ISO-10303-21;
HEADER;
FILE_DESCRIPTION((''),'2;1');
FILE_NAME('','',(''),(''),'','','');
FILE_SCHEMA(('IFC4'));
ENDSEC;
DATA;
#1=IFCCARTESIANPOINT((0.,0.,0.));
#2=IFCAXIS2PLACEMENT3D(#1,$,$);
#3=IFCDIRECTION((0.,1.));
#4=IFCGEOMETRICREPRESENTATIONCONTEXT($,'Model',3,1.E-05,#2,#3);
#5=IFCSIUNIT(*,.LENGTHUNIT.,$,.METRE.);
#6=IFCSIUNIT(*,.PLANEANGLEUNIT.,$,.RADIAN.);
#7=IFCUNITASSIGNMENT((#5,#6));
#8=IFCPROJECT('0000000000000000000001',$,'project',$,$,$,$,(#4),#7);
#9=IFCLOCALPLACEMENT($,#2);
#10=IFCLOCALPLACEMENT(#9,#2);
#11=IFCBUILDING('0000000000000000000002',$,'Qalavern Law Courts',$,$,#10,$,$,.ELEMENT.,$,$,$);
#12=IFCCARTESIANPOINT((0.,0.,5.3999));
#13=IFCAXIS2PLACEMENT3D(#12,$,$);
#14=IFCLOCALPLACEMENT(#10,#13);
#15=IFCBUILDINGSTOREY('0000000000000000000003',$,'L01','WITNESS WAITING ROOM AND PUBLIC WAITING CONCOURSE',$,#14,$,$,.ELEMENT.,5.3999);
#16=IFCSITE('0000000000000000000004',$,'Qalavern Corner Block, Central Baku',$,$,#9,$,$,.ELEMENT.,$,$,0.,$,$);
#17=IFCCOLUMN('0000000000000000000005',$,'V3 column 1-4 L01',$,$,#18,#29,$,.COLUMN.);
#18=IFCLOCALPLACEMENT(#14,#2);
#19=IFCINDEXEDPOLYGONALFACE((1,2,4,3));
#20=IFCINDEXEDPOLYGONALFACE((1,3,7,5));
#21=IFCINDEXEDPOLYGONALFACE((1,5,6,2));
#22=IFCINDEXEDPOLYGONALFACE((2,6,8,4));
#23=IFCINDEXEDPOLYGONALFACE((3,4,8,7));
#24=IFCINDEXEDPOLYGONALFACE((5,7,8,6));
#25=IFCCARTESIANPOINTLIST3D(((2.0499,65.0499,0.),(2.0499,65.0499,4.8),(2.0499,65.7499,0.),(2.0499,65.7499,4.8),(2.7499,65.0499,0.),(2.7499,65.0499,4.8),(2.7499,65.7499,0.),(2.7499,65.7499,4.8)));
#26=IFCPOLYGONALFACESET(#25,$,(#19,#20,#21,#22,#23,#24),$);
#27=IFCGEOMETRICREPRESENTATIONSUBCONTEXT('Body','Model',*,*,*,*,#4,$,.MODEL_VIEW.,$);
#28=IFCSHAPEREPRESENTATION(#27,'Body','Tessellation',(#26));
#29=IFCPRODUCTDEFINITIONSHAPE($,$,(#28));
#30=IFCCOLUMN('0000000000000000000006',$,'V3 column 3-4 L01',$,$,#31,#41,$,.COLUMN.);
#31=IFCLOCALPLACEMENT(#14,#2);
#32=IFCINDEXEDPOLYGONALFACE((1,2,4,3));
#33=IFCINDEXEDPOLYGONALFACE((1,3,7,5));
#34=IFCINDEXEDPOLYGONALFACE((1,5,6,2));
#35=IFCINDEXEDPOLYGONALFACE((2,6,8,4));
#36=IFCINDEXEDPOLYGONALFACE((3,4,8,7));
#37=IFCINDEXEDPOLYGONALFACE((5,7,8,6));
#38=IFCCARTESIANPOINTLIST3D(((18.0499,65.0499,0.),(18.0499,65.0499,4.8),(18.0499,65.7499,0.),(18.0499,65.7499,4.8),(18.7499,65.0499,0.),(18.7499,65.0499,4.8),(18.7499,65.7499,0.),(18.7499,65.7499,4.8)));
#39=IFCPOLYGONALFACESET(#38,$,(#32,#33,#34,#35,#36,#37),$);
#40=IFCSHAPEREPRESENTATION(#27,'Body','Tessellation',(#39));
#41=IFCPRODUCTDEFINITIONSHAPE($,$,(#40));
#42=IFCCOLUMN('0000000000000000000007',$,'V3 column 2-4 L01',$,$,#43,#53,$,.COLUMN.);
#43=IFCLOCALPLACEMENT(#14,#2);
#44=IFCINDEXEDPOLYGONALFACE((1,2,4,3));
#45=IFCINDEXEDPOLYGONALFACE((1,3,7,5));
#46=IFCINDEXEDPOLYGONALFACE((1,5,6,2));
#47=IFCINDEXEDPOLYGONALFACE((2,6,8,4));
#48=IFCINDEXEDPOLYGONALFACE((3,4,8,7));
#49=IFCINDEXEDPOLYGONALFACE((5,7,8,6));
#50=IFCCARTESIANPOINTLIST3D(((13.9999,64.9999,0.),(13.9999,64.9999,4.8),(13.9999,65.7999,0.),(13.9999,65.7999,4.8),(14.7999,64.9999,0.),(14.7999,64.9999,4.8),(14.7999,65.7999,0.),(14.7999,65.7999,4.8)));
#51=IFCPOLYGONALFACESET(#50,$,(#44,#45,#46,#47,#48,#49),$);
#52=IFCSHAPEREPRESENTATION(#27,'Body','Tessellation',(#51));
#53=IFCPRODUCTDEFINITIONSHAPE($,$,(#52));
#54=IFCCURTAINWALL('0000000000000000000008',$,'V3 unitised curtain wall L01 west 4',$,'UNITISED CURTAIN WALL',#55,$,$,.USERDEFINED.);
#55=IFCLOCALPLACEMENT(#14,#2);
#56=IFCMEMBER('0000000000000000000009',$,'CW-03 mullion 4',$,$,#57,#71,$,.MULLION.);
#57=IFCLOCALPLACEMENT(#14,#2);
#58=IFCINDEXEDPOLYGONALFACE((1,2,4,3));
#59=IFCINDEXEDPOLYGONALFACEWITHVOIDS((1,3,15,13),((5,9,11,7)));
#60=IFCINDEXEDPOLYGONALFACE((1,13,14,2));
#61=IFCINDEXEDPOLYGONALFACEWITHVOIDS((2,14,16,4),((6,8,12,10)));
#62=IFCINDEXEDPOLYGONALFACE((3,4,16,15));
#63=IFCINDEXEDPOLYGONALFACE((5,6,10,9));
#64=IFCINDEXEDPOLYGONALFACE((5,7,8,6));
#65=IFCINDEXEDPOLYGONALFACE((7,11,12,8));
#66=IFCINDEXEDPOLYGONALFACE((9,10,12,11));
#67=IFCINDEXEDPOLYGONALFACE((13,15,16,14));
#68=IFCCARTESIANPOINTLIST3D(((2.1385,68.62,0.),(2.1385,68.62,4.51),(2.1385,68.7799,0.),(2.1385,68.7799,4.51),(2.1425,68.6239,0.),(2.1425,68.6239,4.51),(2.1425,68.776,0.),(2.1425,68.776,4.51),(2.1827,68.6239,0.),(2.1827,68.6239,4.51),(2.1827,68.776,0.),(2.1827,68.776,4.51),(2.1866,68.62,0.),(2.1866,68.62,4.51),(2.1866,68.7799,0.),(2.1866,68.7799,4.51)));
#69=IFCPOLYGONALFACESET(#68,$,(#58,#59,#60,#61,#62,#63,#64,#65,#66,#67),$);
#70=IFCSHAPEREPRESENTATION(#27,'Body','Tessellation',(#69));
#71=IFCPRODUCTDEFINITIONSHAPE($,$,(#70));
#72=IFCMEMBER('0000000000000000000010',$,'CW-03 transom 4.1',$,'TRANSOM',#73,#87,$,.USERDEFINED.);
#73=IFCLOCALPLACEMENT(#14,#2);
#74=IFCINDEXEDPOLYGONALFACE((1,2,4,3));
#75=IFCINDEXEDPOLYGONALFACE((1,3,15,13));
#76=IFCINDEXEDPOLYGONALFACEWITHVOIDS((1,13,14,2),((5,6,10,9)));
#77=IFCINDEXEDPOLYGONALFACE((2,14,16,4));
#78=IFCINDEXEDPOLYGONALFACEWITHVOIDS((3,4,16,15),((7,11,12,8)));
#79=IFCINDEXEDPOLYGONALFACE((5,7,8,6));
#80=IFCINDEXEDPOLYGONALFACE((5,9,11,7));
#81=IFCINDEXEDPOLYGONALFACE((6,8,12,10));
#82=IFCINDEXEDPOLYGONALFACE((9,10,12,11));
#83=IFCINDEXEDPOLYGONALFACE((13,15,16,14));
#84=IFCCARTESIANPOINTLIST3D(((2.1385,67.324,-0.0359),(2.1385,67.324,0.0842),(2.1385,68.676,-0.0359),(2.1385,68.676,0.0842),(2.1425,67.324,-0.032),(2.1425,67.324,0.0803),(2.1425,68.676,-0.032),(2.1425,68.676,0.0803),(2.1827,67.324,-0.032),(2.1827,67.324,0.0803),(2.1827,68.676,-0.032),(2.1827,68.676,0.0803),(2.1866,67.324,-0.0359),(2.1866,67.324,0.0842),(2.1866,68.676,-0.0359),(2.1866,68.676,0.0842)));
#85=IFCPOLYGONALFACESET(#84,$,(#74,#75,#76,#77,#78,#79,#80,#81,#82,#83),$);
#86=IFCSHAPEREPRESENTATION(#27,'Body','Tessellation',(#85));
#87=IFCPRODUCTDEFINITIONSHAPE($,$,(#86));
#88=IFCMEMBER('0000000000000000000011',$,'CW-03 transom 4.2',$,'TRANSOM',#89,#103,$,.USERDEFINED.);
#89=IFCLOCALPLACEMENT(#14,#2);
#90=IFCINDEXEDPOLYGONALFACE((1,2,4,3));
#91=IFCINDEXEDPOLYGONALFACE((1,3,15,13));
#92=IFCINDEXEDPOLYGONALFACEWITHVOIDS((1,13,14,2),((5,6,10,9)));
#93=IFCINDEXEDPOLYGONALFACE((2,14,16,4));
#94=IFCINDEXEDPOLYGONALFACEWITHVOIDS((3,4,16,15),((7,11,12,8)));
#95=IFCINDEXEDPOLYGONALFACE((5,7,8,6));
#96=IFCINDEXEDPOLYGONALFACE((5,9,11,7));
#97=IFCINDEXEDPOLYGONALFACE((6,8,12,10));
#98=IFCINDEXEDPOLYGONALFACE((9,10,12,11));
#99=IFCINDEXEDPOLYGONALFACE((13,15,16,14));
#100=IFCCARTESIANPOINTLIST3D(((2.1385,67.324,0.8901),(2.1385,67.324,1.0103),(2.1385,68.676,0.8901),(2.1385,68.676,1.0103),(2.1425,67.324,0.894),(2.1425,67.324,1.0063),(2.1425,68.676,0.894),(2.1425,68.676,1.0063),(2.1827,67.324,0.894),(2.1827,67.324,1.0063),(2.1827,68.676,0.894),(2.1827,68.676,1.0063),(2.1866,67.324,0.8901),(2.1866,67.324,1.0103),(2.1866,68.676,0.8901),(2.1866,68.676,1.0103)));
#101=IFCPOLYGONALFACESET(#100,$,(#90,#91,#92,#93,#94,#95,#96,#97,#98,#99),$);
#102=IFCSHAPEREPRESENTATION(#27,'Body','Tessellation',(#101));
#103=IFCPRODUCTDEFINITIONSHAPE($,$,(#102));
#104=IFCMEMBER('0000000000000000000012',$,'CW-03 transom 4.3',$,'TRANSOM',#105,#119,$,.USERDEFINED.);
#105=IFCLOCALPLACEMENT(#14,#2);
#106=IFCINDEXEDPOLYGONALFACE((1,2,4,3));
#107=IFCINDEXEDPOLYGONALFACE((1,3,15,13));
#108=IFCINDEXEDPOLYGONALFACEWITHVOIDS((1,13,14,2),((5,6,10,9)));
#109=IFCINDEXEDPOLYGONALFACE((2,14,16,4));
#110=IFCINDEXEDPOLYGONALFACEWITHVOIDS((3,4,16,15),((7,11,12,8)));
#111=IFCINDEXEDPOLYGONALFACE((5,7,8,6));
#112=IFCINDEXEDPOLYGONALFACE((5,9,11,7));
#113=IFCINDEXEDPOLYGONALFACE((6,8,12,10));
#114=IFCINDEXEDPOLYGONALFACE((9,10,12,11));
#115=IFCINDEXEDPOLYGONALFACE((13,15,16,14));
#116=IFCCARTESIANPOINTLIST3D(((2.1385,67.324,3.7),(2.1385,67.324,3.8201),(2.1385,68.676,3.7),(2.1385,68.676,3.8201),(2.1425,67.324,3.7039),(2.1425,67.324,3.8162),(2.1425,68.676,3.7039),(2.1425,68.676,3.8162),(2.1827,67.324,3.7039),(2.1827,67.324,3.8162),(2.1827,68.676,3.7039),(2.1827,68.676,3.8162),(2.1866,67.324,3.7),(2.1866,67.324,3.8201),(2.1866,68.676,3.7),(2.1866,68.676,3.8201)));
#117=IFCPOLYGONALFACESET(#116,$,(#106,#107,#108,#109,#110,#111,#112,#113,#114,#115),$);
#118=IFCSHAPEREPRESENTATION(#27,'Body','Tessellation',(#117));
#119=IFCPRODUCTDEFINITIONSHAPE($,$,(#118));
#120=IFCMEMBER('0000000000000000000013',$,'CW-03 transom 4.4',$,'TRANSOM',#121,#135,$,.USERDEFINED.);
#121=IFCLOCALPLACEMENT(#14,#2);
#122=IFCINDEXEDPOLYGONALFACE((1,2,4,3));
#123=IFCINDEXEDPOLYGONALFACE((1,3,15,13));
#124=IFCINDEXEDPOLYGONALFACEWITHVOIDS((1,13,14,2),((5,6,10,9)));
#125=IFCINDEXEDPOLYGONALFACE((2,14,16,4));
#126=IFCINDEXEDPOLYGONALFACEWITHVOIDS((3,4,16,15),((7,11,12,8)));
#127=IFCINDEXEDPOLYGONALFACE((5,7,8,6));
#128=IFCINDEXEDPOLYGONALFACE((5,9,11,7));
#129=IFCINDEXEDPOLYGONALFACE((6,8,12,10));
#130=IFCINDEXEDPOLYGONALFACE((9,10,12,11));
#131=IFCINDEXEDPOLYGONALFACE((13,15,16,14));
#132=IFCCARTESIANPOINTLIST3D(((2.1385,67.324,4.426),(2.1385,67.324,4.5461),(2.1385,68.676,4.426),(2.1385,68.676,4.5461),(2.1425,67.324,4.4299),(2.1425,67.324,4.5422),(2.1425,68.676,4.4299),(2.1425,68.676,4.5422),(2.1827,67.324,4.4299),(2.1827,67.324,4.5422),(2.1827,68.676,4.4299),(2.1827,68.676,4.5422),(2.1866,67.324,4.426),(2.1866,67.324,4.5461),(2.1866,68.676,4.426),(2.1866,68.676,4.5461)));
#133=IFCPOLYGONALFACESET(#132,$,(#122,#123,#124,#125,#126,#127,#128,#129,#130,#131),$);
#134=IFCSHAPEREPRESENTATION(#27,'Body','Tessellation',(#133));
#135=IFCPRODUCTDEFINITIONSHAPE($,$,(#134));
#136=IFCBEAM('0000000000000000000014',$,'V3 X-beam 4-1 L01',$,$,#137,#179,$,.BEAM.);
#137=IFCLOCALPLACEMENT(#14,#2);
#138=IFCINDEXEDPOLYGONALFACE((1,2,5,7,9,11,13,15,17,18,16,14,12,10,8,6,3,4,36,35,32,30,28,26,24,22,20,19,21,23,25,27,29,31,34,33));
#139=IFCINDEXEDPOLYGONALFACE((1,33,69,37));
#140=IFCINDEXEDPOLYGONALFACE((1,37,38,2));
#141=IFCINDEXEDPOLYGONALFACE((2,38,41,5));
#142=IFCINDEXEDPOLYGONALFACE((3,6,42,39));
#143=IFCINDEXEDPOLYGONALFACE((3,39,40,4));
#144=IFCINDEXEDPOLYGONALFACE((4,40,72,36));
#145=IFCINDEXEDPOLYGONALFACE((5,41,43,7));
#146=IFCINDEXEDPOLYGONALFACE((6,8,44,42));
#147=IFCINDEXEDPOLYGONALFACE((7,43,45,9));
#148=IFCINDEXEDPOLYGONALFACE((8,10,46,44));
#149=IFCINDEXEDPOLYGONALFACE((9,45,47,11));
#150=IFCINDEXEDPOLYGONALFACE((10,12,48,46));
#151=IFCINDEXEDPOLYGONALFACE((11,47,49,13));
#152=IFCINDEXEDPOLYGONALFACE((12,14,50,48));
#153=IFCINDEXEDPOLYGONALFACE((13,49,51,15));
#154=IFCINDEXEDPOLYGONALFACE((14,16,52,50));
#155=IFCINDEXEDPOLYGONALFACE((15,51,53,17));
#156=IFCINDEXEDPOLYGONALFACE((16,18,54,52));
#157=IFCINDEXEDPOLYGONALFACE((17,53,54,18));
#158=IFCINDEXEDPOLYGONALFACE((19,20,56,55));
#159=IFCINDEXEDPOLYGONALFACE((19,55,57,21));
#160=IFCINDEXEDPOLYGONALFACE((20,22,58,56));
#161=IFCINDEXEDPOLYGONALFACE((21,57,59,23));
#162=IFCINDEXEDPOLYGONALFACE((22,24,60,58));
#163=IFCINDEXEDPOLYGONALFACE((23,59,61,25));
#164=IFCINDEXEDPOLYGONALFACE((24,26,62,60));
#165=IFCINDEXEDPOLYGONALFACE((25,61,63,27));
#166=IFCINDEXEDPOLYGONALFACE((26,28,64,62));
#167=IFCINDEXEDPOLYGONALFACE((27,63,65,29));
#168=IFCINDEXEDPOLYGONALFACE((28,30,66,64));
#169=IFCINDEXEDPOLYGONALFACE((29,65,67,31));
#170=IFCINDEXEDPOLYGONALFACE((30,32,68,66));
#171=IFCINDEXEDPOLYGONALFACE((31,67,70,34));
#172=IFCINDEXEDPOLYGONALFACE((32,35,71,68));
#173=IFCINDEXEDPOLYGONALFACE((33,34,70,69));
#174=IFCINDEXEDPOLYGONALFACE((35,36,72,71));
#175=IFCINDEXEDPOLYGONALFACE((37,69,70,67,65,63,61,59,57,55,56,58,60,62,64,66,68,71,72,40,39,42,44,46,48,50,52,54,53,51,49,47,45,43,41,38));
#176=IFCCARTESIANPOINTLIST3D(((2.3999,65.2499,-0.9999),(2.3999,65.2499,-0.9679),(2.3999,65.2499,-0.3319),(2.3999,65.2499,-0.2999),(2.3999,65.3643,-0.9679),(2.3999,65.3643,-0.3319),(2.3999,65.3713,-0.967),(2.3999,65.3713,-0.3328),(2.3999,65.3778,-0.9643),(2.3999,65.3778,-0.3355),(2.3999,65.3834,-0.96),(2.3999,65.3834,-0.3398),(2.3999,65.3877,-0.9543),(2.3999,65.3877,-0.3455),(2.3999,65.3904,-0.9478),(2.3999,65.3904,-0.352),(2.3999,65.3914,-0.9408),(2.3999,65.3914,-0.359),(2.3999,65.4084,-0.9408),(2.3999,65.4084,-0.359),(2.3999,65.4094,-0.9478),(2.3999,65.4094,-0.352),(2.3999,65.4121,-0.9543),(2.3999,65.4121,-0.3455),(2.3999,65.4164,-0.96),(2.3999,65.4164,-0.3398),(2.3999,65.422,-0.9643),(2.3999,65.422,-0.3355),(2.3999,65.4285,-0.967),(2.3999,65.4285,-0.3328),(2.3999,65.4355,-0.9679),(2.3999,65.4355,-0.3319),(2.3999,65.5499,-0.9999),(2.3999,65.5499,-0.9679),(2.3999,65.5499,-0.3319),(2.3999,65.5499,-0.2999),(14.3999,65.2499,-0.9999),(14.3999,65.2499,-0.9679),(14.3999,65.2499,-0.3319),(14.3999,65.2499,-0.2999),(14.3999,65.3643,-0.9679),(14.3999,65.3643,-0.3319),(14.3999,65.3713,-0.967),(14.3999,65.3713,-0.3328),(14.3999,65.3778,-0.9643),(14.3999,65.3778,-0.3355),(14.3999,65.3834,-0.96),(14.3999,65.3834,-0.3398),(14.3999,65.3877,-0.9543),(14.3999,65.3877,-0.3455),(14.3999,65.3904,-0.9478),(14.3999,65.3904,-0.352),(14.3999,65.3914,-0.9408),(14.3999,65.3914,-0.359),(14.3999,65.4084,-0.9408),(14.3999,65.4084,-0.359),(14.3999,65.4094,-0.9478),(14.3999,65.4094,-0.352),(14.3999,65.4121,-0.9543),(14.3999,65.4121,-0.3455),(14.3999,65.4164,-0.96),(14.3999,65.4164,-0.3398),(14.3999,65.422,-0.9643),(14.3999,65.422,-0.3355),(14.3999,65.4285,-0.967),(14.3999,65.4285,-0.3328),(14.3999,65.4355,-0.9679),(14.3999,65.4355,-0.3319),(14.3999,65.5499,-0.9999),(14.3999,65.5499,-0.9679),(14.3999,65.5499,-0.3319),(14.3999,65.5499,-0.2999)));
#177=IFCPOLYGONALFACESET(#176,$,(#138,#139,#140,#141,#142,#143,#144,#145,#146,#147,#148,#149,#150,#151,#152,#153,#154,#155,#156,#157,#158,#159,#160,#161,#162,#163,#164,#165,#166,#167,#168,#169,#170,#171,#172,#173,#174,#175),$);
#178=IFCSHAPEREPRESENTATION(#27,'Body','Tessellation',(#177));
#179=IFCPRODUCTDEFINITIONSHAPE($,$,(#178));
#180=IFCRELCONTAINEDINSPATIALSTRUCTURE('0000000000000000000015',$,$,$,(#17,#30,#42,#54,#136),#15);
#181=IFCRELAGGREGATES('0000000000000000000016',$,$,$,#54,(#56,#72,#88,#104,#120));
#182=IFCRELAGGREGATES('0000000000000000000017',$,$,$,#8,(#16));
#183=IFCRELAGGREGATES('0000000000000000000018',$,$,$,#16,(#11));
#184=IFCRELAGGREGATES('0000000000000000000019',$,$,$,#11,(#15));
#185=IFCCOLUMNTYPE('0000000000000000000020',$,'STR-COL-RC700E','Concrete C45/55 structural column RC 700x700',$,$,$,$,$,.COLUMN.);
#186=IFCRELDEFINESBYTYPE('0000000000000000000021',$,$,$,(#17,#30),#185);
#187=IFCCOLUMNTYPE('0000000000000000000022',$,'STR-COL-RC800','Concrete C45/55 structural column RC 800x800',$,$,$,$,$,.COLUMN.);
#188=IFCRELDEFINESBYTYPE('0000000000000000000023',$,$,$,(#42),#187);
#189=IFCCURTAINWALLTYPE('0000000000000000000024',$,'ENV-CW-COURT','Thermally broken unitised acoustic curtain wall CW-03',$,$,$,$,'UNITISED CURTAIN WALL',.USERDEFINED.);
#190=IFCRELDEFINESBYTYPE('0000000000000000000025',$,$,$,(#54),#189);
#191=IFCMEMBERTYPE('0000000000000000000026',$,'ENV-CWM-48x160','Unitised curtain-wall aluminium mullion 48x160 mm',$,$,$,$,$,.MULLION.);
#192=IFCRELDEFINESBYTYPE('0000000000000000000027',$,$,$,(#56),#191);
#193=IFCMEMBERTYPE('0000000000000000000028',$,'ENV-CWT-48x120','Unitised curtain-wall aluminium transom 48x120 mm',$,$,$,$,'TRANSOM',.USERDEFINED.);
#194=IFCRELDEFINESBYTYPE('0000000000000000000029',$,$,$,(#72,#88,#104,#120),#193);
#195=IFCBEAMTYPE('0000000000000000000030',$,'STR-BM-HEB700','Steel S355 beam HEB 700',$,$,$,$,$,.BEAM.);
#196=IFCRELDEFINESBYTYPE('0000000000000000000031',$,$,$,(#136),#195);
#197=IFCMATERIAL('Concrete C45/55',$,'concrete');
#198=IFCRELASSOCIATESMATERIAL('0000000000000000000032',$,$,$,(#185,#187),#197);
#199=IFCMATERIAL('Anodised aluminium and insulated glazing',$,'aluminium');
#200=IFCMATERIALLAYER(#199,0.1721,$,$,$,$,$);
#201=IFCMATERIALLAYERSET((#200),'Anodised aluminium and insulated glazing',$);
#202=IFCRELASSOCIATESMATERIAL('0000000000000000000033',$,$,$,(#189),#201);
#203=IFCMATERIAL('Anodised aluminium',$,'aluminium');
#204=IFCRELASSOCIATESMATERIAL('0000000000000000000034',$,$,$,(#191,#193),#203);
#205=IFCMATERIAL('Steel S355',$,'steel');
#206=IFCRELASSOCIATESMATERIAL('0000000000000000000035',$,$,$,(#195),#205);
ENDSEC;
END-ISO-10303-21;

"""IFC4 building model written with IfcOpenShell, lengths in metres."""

from ifc_helpers import new_model, si_unit, direction, frame, origin, origin_2d, place, context, subcontext, project, spatial, rectangle, hollow_rectangle, i_section, extrude, material, layer, layer_set, material_profile, profile_set, type_object, element, aggregate, save


model = new_model("IFC4")

# Units and contexts
model_context = context("Model", 3, precision=1e-05, world=origin(), true_north=direction((0.0, 1.0)))
body_context = subcontext(model_context, "Body", "Model", "MODEL_VIEW")
ifc_project = project(units=[si_unit("LENGTHUNIT", "METRE"), si_unit("PLANEANGLEUNIT", "RADIAN")], contexts=[model_context])

# Site, building, storey
site_placement = place(None, origin())
site = spatial("IfcSite", under=ifc_project, at=site_placement, Name="Qalavern Corner Block, Central Baku", CompositionType="ELEMENT", RefElevation=0.0)
building_placement = place(site_placement, origin())
building = spatial("IfcBuilding", under=site, at=building_placement, Name="Qalavern Law Courts", CompositionType="ELEMENT")
storey_placement = place(building_placement, frame((0.0, 0.0, 5.3999)))
storey = spatial("IfcBuildingStorey", under=building, at=storey_placement, Name="L01", Description="WITNESS WAITING ROOM AND PUBLIC WAITING CONCOURSE", CompositionType="ELEMENT", Elevation=5.3999)

# Columns
ifc_material_1 = material(Name="Concrete C45/55", Category="concrete")
ifc_material_profile_1 = material_profile(ifc_material_1, rectangle(XDim=0.7, YDim=0.7, at=origin_2d()), Name="RC 700x700")
ifc_profile_set_1 = profile_set([ifc_material_profile_1], Name="Concrete C45/55")
column_type_1 = type_object("IfcColumnType", Name="STR-COL-RC700E", Description="Concrete C45/55 structural column RC 700x700", PredefinedType="COLUMN", material=ifc_profile_set_1)
for number, where, z_axis, x_axis, name in (
    (1, (2.3999, 65.3999, 0.0), (0.0, 0.0, 1.0), (1.0, 0.0, 0.0), "V3 column 1-4 L01"),
    (2, (18.3999, 65.3999, 0.0), (0.0, 0.0, 1.0), (1.0, 0.0, 0.0), "V3 column 3-4 L01"),
):
    element("IfcColumn", number, at=place(storey_placement, frame(where, z_axis=z_axis, x_axis=x_axis)), inside=storey, type_object=column_type_1, Name=name, PredefinedType="COLUMN", context=body_context, shape_type="SweptSolid", body=[
        extrude(rectangle(XDim=0.7, YDim=0.7, at=origin_2d()), origin(), (0.0, 0.0, 1.0), 4.8),
    ])
ifc_material_profile_2 = material_profile(ifc_material_1, rectangle(XDim=0.8, YDim=0.8, at=origin_2d()), Name="RC 800x800")
ifc_profile_set_2 = profile_set([ifc_material_profile_2], Name="Concrete C45/55")
column_type_2 = type_object("IfcColumnType", Name="STR-COL-RC800", Description="Concrete C45/55 structural column RC 800x800", PredefinedType="COLUMN", material=ifc_profile_set_2)
column_placement = place(storey_placement, frame((14.3999, 65.3999, 0.0), z_axis=(0.0, 0.0, 1.0), x_axis=(1.0, 0.0, 0.0)))
element("IfcColumn", 3, at=column_placement, inside=storey, type_object=column_type_2, Name="V3 column 2-4 L01", PredefinedType="COLUMN", context=body_context, shape_type="SweptSolid", body=[
    extrude(rectangle(XDim=0.8, YDim=0.8, at=origin_2d()), origin(), (0.0, 0.0, 1.0), 4.8),
])

# Curtain wall, members
ifc_material_2 = material(Name="Anodised aluminium and insulated glazing", Category="aluminium")
ifc_layer_1 = layer(ifc_material_2, 0.1721)
ifc_layer_set_1 = layer_set([ifc_layer_1], Name="Anodised aluminium and insulated glazing")
curtain_wall_type = type_object("IfcCurtainWallType", Name="ENV-CW-COURT", Description="Thermally broken unitised acoustic curtain wall CW-03", ElementType="UNITISED CURTAIN WALL", PredefinedType="USERDEFINED", material=ifc_layer_set_1)
curtain_wall_placement = place(storey_placement, origin())
curtain_wall = element("IfcCurtainWall", 4, at=curtain_wall_placement, inside=storey, type_object=curtain_wall_type, Name="V3 unitised curtain wall L01 west 4", ObjectType="UNITISED CURTAIN WALL", PredefinedType="USERDEFINED")
ifc_material_3 = material(Name="Anodised aluminium", Category="aluminium")
ifc_material_profile_3 = material_profile(ifc_material_3, hollow_rectangle(XDim=0.0481, YDim=0.1599, WallThickness=0.0039, at=origin_2d()), Name="ALU MULLION 48x160")
ifc_profile_set_3 = profile_set([ifc_material_profile_3], Name="Anodised aluminium")
member_type_1 = type_object("IfcMemberType", Name="ENV-CWM-48x160", Description="Unitised curtain-wall aluminium mullion 48x160 mm", PredefinedType="MULLION", material=ifc_profile_set_3)
member_1_placement = place(storey_placement, frame((2.1626, 68.7, 0.0), z_axis=(0.0, 0.0, 1.0), x_axis=(1.0, 0.0, 0.0)))
member_1 = element("IfcMember", 5, at=member_1_placement, type_object=member_type_1, Name="CW-03 mullion 4", PredefinedType="MULLION", context=body_context, shape_type="SweptSolid", body=[
    extrude(hollow_rectangle(XDim=0.0481, YDim=0.1599, WallThickness=0.0039, at=origin_2d()), origin(), (0.0, 0.0, 1.0), 4.51),
])
ifc_material_profile_4 = material_profile(ifc_material_3, hollow_rectangle(XDim=0.0481, YDim=0.1201, WallThickness=0.0039, at=origin_2d()), Name="ALU TRANSOM 48x120")
ifc_profile_set_4 = profile_set([ifc_material_profile_4], Name="Anodised aluminium")
member_type_2 = type_object("IfcMemberType", Name="ENV-CWT-48x120", Description="Unitised curtain-wall aluminium transom 48x120 mm", ElementType="TRANSOM", PredefinedType="USERDEFINED", material=ifc_profile_set_4)
member_2_placement = place(storey_placement, frame((2.1626, 68.676, 0.0242), z_axis=(0.0, -1.0, 0.0), x_axis=(1.0, 0.0, 0.0)))
member_2 = element("IfcMember", 6, at=member_2_placement, type_object=member_type_2, Name="CW-03 transom 4.1", ObjectType="TRANSOM", PredefinedType="USERDEFINED", context=body_context, shape_type="SweptSolid", body=[
    extrude(hollow_rectangle(XDim=0.0481, YDim=0.1201, WallThickness=0.0039, at=origin_2d()), origin(), (0.0, 0.0, 1.0), 1.3521),
])
member_3_placement = place(storey_placement, frame((2.1626, 68.676, 0.9502), z_axis=(0.0, -1.0, 0.0), x_axis=(1.0, 0.0, 0.0)))
member_3 = element("IfcMember", 7, at=member_3_placement, type_object=member_type_2, Name="CW-03 transom 4.2", ObjectType="TRANSOM", PredefinedType="USERDEFINED", context=body_context, shape_type="SweptSolid", body=[
    extrude(hollow_rectangle(XDim=0.0481, YDim=0.1201, WallThickness=0.0039, at=origin_2d()), origin(), (0.0, 0.0, 1.0), 1.3521),
])
member_4_placement = place(storey_placement, frame((2.1626, 68.676, 3.76), z_axis=(0.0, -1.0, 0.0), x_axis=(1.0, 0.0, 0.0)))
member_4 = element("IfcMember", 8, at=member_4_placement, type_object=member_type_2, Name="CW-03 transom 4.3", ObjectType="TRANSOM", PredefinedType="USERDEFINED", context=body_context, shape_type="SweptSolid", body=[
    extrude(hollow_rectangle(XDim=0.0481, YDim=0.1201, WallThickness=0.0039, at=origin_2d()), origin(), (0.0, 0.0, 1.0), 1.3521),
])
member_5_placement = place(storey_placement, frame((2.1626, 68.676, 4.4861), z_axis=(0.0, -1.0, 0.0), x_axis=(1.0, 0.0, 0.0)))
member_5 = element("IfcMember", 9, at=member_5_placement, type_object=member_type_2, Name="CW-03 transom 4.4", ObjectType="TRANSOM", PredefinedType="USERDEFINED", context=body_context, shape_type="SweptSolid", body=[
    extrude(hollow_rectangle(XDim=0.0481, YDim=0.1201, WallThickness=0.0039, at=origin_2d()), origin(), (0.0, 0.0, 1.0), 1.3521),
])

# Beam
ifc_material_4 = material(Name="Steel S355", Category="steel")
ifc_material_profile_5 = material_profile(ifc_material_4, i_section(OverallWidth=0.3, OverallDepth=0.7, WebThickness=0.0171, FlangeThickness=0.032, FilletRadius=0.0271, at=origin_2d()), Name="HEB 700")
ifc_profile_set_5 = profile_set([ifc_material_profile_5], Name="Steel S355")
beam_type_1 = type_object("IfcBeamType", Name="STR-BM-HEB700", Description="Steel S355 beam HEB 700", PredefinedType="BEAM", material=ifc_profile_set_5)
beam_1_placement = place(storey_placement, frame((2.3999, 65.3999, -0.6499), z_axis=(1.0, 0.0, 0.0), x_axis=(0.0, 1.0, 0.0)))
element("IfcBeam", 10, at=beam_1_placement, inside=storey, type_object=beam_type_1, Name="V3 X-beam 4-1 L01", PredefinedType="BEAM", context=body_context, shape_type="SweptSolid", body=[
    extrude(i_section(OverallWidth=0.3, OverallDepth=0.7, WebThickness=0.0171, FlangeThickness=0.032, FilletRadius=0.0271, at=origin_2d()), origin(), (0.0, 0.0, 1.0), 12.0),
])

aggregate(curtain_wall, [member_1, member_2, member_3, member_4, member_5])

save(model, "model.ifc")
